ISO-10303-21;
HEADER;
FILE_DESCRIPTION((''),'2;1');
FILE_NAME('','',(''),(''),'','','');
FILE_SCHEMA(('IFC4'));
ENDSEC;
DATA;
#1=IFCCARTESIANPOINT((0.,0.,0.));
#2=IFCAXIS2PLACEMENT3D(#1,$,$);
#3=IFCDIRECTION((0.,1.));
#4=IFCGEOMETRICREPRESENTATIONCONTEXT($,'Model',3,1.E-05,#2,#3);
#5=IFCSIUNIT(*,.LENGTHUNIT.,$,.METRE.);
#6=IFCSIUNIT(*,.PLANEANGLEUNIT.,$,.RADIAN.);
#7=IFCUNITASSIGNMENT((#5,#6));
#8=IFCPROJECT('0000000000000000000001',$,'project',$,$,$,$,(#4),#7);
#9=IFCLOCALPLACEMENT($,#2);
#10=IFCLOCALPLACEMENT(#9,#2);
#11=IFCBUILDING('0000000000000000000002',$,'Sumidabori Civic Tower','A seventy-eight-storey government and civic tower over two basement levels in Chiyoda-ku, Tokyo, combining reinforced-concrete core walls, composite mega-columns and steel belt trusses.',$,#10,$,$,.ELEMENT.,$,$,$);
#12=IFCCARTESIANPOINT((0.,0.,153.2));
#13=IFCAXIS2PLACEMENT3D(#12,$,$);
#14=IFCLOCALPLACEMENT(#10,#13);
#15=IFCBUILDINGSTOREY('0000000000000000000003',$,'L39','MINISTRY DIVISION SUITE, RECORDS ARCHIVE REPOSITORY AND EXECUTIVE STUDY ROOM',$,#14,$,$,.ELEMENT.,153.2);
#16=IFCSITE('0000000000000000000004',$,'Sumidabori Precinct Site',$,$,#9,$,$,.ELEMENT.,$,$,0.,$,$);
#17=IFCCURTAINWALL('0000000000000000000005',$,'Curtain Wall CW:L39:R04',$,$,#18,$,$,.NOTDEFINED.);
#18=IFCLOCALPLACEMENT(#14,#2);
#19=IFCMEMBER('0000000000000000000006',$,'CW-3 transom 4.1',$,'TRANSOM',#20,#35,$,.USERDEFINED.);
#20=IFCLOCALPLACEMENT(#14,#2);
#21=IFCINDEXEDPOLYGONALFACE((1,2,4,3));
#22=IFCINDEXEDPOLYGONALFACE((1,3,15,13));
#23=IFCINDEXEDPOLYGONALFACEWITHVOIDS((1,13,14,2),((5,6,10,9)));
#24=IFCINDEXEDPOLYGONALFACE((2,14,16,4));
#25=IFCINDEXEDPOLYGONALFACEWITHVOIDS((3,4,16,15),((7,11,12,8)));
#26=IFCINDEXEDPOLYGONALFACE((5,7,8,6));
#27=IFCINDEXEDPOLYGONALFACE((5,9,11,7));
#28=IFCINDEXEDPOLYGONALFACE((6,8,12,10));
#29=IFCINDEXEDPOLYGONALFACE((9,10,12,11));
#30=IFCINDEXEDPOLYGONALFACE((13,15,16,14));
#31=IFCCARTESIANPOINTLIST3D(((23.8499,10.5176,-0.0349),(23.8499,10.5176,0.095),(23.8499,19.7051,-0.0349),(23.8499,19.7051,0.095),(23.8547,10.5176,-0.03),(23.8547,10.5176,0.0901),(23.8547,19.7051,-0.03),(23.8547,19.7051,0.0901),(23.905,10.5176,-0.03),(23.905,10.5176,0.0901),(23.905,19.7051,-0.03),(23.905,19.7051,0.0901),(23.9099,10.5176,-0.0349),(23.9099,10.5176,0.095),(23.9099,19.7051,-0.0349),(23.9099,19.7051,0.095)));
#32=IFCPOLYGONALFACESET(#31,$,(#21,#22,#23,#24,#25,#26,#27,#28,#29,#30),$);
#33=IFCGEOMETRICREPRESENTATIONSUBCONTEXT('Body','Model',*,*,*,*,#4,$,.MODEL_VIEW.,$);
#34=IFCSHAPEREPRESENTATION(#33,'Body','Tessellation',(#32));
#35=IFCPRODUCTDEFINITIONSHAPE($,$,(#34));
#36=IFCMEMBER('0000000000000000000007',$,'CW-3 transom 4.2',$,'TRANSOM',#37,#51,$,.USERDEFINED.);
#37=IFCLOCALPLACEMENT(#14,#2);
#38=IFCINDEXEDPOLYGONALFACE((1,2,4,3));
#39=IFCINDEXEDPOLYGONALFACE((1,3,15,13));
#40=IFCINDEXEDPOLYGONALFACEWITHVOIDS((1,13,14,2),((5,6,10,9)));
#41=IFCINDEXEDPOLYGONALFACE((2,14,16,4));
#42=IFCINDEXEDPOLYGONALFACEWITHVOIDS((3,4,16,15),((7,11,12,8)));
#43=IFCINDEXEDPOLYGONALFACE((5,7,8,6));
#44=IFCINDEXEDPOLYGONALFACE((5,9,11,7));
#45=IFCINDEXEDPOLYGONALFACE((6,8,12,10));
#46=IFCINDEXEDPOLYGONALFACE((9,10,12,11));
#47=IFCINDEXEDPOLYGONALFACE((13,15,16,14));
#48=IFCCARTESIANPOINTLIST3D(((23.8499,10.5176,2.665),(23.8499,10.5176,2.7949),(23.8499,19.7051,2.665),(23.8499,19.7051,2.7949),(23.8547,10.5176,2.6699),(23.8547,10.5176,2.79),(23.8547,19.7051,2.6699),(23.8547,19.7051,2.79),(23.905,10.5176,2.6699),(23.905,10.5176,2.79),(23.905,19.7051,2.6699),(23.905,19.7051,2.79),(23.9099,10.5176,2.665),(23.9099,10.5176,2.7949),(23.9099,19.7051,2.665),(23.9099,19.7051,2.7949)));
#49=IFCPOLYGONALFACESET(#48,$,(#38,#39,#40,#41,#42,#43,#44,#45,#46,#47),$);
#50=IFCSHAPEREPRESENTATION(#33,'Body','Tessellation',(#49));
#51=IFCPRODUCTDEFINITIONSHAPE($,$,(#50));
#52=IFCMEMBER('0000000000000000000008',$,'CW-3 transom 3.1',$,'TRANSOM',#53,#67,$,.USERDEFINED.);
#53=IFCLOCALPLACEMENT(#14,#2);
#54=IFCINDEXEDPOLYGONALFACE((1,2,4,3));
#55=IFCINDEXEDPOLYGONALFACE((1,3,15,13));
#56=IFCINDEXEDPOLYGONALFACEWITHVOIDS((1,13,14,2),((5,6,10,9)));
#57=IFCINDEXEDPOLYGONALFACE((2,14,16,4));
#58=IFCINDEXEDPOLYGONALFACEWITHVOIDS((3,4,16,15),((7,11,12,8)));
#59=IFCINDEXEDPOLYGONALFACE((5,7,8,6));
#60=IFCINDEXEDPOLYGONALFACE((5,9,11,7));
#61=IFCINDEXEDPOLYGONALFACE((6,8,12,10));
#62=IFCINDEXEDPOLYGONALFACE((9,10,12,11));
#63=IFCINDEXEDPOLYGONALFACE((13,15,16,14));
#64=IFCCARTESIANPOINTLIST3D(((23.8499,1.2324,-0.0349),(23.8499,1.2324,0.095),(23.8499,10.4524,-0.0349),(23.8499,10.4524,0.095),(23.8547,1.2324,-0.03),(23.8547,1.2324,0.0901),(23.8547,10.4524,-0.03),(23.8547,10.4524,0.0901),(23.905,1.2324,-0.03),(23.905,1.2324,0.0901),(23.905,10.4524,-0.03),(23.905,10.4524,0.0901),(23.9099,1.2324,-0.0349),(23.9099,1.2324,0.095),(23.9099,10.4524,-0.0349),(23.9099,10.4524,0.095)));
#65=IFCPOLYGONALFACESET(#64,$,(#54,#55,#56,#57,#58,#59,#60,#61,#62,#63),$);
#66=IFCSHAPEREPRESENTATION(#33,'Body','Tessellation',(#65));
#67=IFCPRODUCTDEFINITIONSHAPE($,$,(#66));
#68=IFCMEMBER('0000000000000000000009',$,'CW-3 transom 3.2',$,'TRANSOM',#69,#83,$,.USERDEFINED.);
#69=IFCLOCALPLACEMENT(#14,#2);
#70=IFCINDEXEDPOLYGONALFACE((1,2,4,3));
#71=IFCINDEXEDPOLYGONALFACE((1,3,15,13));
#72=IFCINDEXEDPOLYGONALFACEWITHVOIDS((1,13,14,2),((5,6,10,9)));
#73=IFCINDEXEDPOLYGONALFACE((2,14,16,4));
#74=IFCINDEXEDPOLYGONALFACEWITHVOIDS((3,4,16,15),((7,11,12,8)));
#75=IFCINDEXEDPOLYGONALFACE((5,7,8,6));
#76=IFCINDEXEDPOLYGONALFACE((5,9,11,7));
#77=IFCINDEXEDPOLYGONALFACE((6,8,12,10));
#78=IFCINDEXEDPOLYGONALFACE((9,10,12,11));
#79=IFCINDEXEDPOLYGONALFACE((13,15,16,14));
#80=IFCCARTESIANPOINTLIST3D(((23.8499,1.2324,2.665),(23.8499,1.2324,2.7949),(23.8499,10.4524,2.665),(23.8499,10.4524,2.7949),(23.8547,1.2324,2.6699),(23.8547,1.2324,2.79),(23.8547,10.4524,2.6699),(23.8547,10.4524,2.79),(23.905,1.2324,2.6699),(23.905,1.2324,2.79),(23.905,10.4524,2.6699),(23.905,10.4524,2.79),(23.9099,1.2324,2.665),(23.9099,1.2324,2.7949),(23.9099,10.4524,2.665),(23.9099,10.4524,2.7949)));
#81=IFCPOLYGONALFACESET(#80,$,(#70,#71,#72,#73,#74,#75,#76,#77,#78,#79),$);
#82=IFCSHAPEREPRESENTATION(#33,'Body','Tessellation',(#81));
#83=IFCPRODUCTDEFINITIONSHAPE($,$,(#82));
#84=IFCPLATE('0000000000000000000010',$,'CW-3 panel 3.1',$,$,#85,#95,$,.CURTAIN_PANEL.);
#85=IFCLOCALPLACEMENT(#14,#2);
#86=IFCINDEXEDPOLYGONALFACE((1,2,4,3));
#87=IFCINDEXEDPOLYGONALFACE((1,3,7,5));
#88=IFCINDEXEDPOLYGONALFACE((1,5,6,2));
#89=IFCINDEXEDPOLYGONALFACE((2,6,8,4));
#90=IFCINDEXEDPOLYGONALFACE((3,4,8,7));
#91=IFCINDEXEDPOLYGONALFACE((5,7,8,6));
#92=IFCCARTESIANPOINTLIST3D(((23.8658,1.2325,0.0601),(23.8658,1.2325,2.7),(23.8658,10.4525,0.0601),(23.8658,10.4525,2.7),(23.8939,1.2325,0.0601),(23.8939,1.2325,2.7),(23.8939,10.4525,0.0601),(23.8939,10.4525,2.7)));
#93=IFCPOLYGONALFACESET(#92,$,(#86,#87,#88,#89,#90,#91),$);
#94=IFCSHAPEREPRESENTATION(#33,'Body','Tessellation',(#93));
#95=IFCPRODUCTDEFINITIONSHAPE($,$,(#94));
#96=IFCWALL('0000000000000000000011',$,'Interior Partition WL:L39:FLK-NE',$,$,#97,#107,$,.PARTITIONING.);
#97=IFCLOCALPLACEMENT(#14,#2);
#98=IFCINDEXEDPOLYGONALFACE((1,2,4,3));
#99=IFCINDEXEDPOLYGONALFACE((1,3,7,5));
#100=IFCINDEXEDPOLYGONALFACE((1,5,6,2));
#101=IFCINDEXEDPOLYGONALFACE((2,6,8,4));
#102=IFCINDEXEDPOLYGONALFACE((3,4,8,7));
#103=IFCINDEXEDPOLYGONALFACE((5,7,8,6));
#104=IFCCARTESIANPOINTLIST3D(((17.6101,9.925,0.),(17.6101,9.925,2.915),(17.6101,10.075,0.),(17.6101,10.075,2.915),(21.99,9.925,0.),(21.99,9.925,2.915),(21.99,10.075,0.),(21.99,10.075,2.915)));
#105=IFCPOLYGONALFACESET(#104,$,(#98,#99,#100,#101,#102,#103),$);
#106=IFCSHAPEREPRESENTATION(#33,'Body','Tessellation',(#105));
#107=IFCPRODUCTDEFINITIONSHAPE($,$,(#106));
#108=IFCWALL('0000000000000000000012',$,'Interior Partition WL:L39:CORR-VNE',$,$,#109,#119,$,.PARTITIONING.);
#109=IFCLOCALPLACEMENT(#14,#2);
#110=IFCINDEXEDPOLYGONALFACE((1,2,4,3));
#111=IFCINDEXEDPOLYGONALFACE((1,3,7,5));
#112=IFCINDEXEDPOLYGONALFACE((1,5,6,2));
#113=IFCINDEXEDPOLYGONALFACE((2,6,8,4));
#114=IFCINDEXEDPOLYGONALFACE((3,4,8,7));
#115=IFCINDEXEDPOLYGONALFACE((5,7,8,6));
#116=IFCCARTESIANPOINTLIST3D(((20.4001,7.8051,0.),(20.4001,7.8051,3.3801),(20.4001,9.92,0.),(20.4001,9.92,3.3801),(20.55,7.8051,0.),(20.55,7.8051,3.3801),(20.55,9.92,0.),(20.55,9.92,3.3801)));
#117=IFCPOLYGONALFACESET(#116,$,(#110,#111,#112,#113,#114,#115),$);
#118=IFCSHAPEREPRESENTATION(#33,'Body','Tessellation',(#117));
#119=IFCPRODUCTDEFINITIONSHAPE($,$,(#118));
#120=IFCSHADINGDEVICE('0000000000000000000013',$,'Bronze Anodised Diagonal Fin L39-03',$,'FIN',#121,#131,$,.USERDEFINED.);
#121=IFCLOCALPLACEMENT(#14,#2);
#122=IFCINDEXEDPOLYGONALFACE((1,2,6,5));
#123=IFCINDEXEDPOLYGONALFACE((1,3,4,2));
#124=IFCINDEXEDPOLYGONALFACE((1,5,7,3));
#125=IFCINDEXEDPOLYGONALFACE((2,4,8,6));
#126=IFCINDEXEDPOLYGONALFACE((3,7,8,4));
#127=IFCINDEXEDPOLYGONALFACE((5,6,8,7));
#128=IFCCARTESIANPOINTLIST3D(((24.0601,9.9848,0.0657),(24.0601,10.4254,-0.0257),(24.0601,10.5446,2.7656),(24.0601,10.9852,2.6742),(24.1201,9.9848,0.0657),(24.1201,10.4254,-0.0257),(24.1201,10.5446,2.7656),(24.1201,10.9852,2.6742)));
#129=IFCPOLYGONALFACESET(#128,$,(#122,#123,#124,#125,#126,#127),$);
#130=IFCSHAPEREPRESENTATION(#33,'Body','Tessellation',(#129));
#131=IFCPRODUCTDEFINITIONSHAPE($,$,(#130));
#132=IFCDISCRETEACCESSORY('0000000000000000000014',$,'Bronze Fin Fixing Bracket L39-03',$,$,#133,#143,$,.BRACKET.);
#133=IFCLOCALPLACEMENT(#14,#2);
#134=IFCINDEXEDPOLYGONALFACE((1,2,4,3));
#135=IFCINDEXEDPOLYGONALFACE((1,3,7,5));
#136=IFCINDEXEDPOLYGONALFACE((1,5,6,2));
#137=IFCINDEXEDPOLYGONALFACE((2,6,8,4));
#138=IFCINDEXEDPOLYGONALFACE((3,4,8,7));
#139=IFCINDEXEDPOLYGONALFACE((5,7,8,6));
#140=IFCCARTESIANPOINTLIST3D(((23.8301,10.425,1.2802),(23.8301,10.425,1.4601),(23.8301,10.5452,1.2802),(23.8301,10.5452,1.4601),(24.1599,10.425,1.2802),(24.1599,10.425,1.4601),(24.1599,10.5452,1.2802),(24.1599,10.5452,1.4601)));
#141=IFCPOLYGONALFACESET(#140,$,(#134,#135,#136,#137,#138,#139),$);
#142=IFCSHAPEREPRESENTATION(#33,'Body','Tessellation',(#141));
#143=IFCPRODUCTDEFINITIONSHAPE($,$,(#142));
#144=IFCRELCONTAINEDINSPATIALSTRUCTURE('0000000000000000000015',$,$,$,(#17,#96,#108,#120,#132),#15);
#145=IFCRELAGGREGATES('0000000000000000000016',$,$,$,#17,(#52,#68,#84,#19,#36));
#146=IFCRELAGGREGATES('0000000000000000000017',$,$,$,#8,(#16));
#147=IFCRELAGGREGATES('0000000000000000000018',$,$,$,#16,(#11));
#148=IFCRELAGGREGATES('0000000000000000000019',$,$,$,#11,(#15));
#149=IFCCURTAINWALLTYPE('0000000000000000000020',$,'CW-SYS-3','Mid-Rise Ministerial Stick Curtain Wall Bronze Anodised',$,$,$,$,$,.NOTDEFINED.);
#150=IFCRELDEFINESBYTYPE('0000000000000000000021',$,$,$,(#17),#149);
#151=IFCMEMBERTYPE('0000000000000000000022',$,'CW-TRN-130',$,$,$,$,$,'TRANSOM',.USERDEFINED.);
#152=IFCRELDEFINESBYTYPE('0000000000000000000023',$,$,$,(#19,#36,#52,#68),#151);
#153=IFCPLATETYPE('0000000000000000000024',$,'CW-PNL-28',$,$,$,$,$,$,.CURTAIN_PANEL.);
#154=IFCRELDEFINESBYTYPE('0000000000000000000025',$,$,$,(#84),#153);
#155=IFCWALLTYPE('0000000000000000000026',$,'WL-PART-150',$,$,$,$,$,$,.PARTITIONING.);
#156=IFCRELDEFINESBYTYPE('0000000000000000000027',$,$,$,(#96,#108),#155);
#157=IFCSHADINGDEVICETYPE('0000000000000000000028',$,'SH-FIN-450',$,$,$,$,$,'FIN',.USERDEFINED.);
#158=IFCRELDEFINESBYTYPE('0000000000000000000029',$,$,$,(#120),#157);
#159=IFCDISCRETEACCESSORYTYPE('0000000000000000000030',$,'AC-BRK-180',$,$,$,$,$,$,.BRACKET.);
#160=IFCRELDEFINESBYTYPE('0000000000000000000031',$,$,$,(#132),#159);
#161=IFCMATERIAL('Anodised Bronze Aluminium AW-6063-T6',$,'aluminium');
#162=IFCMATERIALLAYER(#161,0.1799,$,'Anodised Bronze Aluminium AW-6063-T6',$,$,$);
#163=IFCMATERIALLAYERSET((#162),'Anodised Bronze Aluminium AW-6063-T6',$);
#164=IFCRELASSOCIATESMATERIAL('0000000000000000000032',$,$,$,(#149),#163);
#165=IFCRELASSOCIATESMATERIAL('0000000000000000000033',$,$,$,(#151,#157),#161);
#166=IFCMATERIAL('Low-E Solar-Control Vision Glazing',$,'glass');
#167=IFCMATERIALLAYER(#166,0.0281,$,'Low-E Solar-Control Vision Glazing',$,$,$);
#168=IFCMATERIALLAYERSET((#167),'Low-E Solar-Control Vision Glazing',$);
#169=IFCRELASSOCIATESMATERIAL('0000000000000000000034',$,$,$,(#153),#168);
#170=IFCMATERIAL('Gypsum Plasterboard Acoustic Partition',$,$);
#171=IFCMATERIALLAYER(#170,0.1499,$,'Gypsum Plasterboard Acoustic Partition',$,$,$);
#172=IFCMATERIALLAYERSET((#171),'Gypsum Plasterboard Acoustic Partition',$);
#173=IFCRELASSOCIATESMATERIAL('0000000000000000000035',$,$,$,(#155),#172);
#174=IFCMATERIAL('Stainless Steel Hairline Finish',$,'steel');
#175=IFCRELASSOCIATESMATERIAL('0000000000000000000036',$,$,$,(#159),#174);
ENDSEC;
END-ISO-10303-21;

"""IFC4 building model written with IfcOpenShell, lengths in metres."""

from ifc_helpers import new_model, si_unit, direction, frame, frame_2d, origin, origin_2d, place, context, subcontext, project, spatial, rectangle, hollow_rectangle, extrude, source, transform, mapped, material, layer, layer_set, material_profile, profile_set, type_object, element, aggregate, save


model = new_model("IFC4")

# Units and contexts
model_context = context("Model", 3, precision=1e-05, world=origin(), true_north=direction((0.0, 1.0)))
body_context = subcontext(model_context, "Body", "Model", "MODEL_VIEW")
ifc_project = project(units=[si_unit("LENGTHUNIT", "METRE"), si_unit("PLANEANGLEUNIT", "RADIAN")], contexts=[model_context])

# Site, building, storey
site_placement = place(None, origin())
site = spatial("IfcSite", under=ifc_project, at=site_placement, Name="Sumidabori Precinct Site", CompositionType="ELEMENT", RefElevation=0.0)
building_placement = place(site_placement, origin())
building = spatial("IfcBuilding", under=site, at=building_placement, Name="Sumidabori Civic Tower", Description="A seventy-eight-storey government and civic tower over two basement levels in Chiyoda-ku, Tokyo, combining reinforced-concrete core walls, composite mega-columns and steel belt trusses.", CompositionType="ELEMENT")
storey_placement = place(building_placement, frame((0.0, 0.0, 153.2)))
storey = spatial("IfcBuildingStorey", under=building, at=storey_placement, Name="L39", Description="MINISTRY DIVISION SUITE, RECORDS ARCHIVE REPOSITORY AND EXECUTIVE STUDY ROOM", CompositionType="ELEMENT", Elevation=153.2)

# Curtain wall, members, plate
ifc_material_1 = material(Name="Anodised Bronze Aluminium AW-6063-T6", Category="aluminium")
ifc_layer_1 = layer(ifc_material_1, 0.1799, Name="Anodised Bronze Aluminium AW-6063-T6")
ifc_layer_set_1 = layer_set([ifc_layer_1], Name="Anodised Bronze Aluminium AW-6063-T6")
curtain_wall_type = type_object("IfcCurtainWallType", Name="CW-SYS-3", Description="Mid-Rise Ministerial Stick Curtain Wall Bronze Anodised", PredefinedType="NOTDEFINED", material=ifc_layer_set_1)
curtain_wall_placement = place(storey_placement, origin())
curtain_wall = element("IfcCurtainWall", 1, at=curtain_wall_placement, inside=storey, type_object=curtain_wall_type, Name="Curtain Wall CW:L39:R04", PredefinedType="NOTDEFINED")
ifc_material_profile_1 = material_profile(ifc_material_1, hollow_rectangle(XDim=0.0601, YDim=0.1299, WallThickness=0.0049, at=origin_2d()), Name="ALU TRANSOM 130x60")
ifc_profile_set_1 = profile_set([ifc_material_profile_1], Name="Anodised Bronze Aluminium AW-6063-T6")
member_type_1 = type_object("IfcMemberType", Name="CW-TRN-130", ElementType="TRANSOM", PredefinedType="USERDEFINED", material=ifc_profile_set_1)
shared_shape_1 = source(origin(), body_context, "Body", "SweptSolid", [
    extrude(hollow_rectangle(XDim=0.0601, YDim=0.1299, WallThickness=0.0049, at=origin_2d()), origin(), (0.0, 0.0, 1.0), 9.1875),
])
member_1_placement = place(storey_placement, frame((23.8799, 10.5176, 0.03), z_axis=(0.0, 1.0, 0.0), x_axis=(-1.0, 0.0, 0.0)))
member_1 = element("IfcMember", 2, at=member_1_placement, type_object=member_type_1, Name="CW-3 transom 4.1", ObjectType="TRANSOM", PredefinedType="USERDEFINED", context=body_context, shape_type="MappedRepresentation", body=[
    mapped(shared_shape_1, transform((0.0, 0.0, 0.0), x_axis=(1.0, 0.0, 0.0), y_axis=(0.0, 1.0, 0.0), z_axis=(0.0, 0.0, 1.0), scale=1.0)),
])
member_2_placement = place(storey_placement, frame((23.8799, 10.5176, 2.73), z_axis=(0.0, 1.0, 0.0), x_axis=(-1.0, 0.0, 0.0)))
member_2 = element("IfcMember", 3, at=member_2_placement, type_object=member_type_1, Name="CW-3 transom 4.2", ObjectType="TRANSOM", PredefinedType="USERDEFINED", context=body_context, shape_type="MappedRepresentation", body=[
    mapped(shared_shape_1, transform((0.0, 0.0, 0.0), x_axis=(1.0, 0.0, 0.0), y_axis=(0.0, 1.0, 0.0), z_axis=(0.0, 0.0, 1.0), scale=1.0)),
])
shared_shape_2 = source(origin(), body_context, "Body", "SweptSolid", [
    extrude(hollow_rectangle(XDim=0.0601, YDim=0.1299, WallThickness=0.0049, at=origin_2d()), origin(), (0.0, 0.0, 1.0), 9.22),
])
member_3_placement = place(storey_placement, frame((23.8799, 1.2324, 0.03), z_axis=(0.0, 1.0, 0.0), x_axis=(-1.0, 0.0, 0.0)))
member_3 = element("IfcMember", 4, at=member_3_placement, type_object=member_type_1, Name="CW-3 transom 3.1", ObjectType="TRANSOM", PredefinedType="USERDEFINED", context=body_context, shape_type="MappedRepresentation", body=[
    mapped(shared_shape_2, transform((0.0, 0.0, 0.0), x_axis=(1.0, 0.0, 0.0), y_axis=(0.0, 1.0, 0.0), z_axis=(0.0, 0.0, 1.0), scale=1.0)),
])
member_4_placement = place(storey_placement, frame((23.8799, 1.2324, 2.73), z_axis=(0.0, 1.0, 0.0), x_axis=(-1.0, 0.0, 0.0)))
member_4 = element("IfcMember", 5, at=member_4_placement, type_object=member_type_1, Name="CW-3 transom 3.2", ObjectType="TRANSOM", PredefinedType="USERDEFINED", context=body_context, shape_type="MappedRepresentation", body=[
    mapped(shared_shape_2, transform((0.0, 0.0, 0.0), x_axis=(1.0, 0.0, 0.0), y_axis=(0.0, 1.0, 0.0), z_axis=(0.0, 0.0, 1.0), scale=1.0)),
])
ifc_material_2 = material(Name="Low-E Solar-Control Vision Glazing", Category="glass")
ifc_layer_2 = layer(ifc_material_2, 0.0281, Name="Low-E Solar-Control Vision Glazing")
ifc_layer_set_2 = layer_set([ifc_layer_2], Name="Low-E Solar-Control Vision Glazing")
plate_type = type_object("IfcPlateType", Name="CW-PNL-28", PredefinedType="CURTAIN_PANEL", material=ifc_layer_set_2)
shared_shape_3 = source(origin(), body_context, "Body", "SweptSolid", [
    extrude(rectangle(XDim=9.22, YDim=0.0281, at=origin_2d()), origin(), (0.0, 0.0, 1.0), 2.6399),
])
plate_placement = place(storey_placement, frame((23.8799, 5.8425, 0.0601), z_axis=(0.0, 0.0, 1.0), x_axis=(0.0, 1.0, 0.0)))
plate = element("IfcPlate", 6, at=plate_placement, type_object=plate_type, Name="CW-3 panel 3.1", PredefinedType="CURTAIN_PANEL", context=body_context, shape_type="MappedRepresentation", body=[
    mapped(shared_shape_3, transform((0.0, 0.0, 0.0), x_axis=(1.0, 0.0, 0.0), y_axis=(0.0, 1.0, 0.0), z_axis=(0.0, 0.0, 1.0), scale=1.0)),
])
aggregate(curtain_wall, [member_3, member_4, plate, member_1, member_2])

# Walls
ifc_material_3 = material(Name="Gypsum Plasterboard Acoustic Partition")
ifc_layer_3 = layer(ifc_material_3, 0.1499, Name="Gypsum Plasterboard Acoustic Partition")
ifc_layer_set_3 = layer_set([ifc_layer_3], Name="Gypsum Plasterboard Acoustic Partition")
wall_type = type_object("IfcWallType", Name="WL-PART-150", PredefinedType="PARTITIONING", material=ifc_layer_set_3)
shared_shape_4 = source(origin(), body_context, "Body", "SweptSolid", [
    extrude(rectangle(XDim=4.3799, YDim=0.1499, at=frame_2d((2.1899, 0.0))), origin(), (0.0, 0.0, 1.0), 2.915),
])
wall_1_placement = place(storey_placement, frame((17.6101, 10.0, 0.0), z_axis=(0.0, 0.0, 1.0), x_axis=(1.0, 0.0, 0.0)))
element("IfcWall", 7, at=wall_1_placement, inside=storey, type_object=wall_type, Name="Interior Partition WL:L39:FLK-NE", PredefinedType="PARTITIONING", context=body_context, shape_type="MappedRepresentation", body=[
    mapped(shared_shape_4, transform((0.0, 0.0, 0.0), x_axis=(1.0, 0.0, 0.0), y_axis=(0.0, 1.0, 0.0), z_axis=(0.0, 0.0, 1.0), scale=1.0)),
])
shared_shape_5 = source(origin(), body_context, "Body", "SweptSolid", [
    extrude(rectangle(XDim=2.115, YDim=0.1499, at=frame_2d((1.0576, 0.0))), origin(), (0.0, 0.0, 1.0), 3.3801),
])
wall_2_placement = place(storey_placement, frame((20.4751, 7.8049, 0.0), z_axis=(0.0, 0.0, 1.0), x_axis=(0.0, 1.0, 0.0)))
element("IfcWall", 8, at=wall_2_placement, inside=storey, type_object=wall_type, Name="Interior Partition WL:L39:CORR-VNE", PredefinedType="PARTITIONING", context=body_context, shape_type="MappedRepresentation", body=[
    mapped(shared_shape_5, transform((0.0, 0.0, 0.0), x_axis=(1.0, 0.0, 0.0), y_axis=(0.0, 1.0, 0.0), z_axis=(0.0, 0.0, 1.0), scale=1.0)),
])

# Shading device
ifc_material_profile_2 = material_profile(ifc_material_1, rectangle(XDim=0.0601, YDim=0.45, at=origin_2d()), Name="BRONZE FIN 450x60")
ifc_profile_set_2 = profile_set([ifc_material_profile_2], Name="Anodised Bronze Aluminium AW-6063-T6")
shading_device_type = type_object("IfcShadingDeviceType", Name="SH-FIN-450", ElementType="FIN", PredefinedType="USERDEFINED", material=ifc_profile_set_2)
shared_shape_6 = source(origin(), body_context, "Body", "SweptSolid", [
    extrude(rectangle(XDim=0.0601, YDim=0.45, at=origin_2d()), origin(), (0.0, 0.0, 1.0), 2.7573),
])
shading_device_placement = place(storey_placement, frame((24.0901, 10.2051, 0.02), z_axis=(0.0, 0.203024, 0.979174), x_axis=(-1.0, 0.0, 0.0)))
element("IfcShadingDevice", 9, at=shading_device_placement, inside=storey, type_object=shading_device_type, Name="Bronze Anodised Diagonal Fin L39-03", ObjectType="FIN", PredefinedType="USERDEFINED", context=body_context, shape_type="MappedRepresentation", body=[
    mapped(shared_shape_6, transform((0.0, 0.0, 0.0), x_axis=(1.0, 0.0, 0.0), y_axis=(0.0, 1.0, 0.0), z_axis=(0.0, 0.0, 1.0), scale=1.0)),
])

# Discrete accessory
ifc_material_4 = material(Name="Stainless Steel Hairline Finish", Category="steel")
ifc_material_profile_3 = material_profile(ifc_material_4, rectangle(XDim=0.1201, YDim=0.1799, at=origin_2d()), Name="STEEL BRACKET 180x120")
ifc_profile_set_3 = profile_set([ifc_material_profile_3], Name="Stainless Steel Hairline Finish")
discrete_accessory_type = type_object("IfcDiscreteAccessoryType", Name="AC-BRK-180", PredefinedType="BRACKET", material=ifc_profile_set_3)
shared_shape_7 = source(origin(), body_context, "Body", "SweptSolid", [
    extrude(rectangle(XDim=0.1201, YDim=0.1799, at=origin_2d()), origin(), (0.0, 0.0, 1.0), 0.3298),
])
discrete_accessory_placement = place(storey_placement, frame((23.8301, 10.4851, 1.3701), z_axis=(1.0, 0.0, 0.0), x_axis=(0.0, 1.0, 0.0)))
element("IfcDiscreteAccessory", 10, at=discrete_accessory_placement, inside=storey, type_object=discrete_accessory_type, Name="Bronze Fin Fixing Bracket L39-03", PredefinedType="BRACKET", context=body_context, shape_type="MappedRepresentation", body=[
    mapped(shared_shape_7, transform((0.0, 0.0, 0.0), x_axis=(1.0, 0.0, 0.0), y_axis=(0.0, 1.0, 0.0), z_axis=(0.0, 0.0, 1.0), scale=1.0)),
])

save(model, "model.ifc")
